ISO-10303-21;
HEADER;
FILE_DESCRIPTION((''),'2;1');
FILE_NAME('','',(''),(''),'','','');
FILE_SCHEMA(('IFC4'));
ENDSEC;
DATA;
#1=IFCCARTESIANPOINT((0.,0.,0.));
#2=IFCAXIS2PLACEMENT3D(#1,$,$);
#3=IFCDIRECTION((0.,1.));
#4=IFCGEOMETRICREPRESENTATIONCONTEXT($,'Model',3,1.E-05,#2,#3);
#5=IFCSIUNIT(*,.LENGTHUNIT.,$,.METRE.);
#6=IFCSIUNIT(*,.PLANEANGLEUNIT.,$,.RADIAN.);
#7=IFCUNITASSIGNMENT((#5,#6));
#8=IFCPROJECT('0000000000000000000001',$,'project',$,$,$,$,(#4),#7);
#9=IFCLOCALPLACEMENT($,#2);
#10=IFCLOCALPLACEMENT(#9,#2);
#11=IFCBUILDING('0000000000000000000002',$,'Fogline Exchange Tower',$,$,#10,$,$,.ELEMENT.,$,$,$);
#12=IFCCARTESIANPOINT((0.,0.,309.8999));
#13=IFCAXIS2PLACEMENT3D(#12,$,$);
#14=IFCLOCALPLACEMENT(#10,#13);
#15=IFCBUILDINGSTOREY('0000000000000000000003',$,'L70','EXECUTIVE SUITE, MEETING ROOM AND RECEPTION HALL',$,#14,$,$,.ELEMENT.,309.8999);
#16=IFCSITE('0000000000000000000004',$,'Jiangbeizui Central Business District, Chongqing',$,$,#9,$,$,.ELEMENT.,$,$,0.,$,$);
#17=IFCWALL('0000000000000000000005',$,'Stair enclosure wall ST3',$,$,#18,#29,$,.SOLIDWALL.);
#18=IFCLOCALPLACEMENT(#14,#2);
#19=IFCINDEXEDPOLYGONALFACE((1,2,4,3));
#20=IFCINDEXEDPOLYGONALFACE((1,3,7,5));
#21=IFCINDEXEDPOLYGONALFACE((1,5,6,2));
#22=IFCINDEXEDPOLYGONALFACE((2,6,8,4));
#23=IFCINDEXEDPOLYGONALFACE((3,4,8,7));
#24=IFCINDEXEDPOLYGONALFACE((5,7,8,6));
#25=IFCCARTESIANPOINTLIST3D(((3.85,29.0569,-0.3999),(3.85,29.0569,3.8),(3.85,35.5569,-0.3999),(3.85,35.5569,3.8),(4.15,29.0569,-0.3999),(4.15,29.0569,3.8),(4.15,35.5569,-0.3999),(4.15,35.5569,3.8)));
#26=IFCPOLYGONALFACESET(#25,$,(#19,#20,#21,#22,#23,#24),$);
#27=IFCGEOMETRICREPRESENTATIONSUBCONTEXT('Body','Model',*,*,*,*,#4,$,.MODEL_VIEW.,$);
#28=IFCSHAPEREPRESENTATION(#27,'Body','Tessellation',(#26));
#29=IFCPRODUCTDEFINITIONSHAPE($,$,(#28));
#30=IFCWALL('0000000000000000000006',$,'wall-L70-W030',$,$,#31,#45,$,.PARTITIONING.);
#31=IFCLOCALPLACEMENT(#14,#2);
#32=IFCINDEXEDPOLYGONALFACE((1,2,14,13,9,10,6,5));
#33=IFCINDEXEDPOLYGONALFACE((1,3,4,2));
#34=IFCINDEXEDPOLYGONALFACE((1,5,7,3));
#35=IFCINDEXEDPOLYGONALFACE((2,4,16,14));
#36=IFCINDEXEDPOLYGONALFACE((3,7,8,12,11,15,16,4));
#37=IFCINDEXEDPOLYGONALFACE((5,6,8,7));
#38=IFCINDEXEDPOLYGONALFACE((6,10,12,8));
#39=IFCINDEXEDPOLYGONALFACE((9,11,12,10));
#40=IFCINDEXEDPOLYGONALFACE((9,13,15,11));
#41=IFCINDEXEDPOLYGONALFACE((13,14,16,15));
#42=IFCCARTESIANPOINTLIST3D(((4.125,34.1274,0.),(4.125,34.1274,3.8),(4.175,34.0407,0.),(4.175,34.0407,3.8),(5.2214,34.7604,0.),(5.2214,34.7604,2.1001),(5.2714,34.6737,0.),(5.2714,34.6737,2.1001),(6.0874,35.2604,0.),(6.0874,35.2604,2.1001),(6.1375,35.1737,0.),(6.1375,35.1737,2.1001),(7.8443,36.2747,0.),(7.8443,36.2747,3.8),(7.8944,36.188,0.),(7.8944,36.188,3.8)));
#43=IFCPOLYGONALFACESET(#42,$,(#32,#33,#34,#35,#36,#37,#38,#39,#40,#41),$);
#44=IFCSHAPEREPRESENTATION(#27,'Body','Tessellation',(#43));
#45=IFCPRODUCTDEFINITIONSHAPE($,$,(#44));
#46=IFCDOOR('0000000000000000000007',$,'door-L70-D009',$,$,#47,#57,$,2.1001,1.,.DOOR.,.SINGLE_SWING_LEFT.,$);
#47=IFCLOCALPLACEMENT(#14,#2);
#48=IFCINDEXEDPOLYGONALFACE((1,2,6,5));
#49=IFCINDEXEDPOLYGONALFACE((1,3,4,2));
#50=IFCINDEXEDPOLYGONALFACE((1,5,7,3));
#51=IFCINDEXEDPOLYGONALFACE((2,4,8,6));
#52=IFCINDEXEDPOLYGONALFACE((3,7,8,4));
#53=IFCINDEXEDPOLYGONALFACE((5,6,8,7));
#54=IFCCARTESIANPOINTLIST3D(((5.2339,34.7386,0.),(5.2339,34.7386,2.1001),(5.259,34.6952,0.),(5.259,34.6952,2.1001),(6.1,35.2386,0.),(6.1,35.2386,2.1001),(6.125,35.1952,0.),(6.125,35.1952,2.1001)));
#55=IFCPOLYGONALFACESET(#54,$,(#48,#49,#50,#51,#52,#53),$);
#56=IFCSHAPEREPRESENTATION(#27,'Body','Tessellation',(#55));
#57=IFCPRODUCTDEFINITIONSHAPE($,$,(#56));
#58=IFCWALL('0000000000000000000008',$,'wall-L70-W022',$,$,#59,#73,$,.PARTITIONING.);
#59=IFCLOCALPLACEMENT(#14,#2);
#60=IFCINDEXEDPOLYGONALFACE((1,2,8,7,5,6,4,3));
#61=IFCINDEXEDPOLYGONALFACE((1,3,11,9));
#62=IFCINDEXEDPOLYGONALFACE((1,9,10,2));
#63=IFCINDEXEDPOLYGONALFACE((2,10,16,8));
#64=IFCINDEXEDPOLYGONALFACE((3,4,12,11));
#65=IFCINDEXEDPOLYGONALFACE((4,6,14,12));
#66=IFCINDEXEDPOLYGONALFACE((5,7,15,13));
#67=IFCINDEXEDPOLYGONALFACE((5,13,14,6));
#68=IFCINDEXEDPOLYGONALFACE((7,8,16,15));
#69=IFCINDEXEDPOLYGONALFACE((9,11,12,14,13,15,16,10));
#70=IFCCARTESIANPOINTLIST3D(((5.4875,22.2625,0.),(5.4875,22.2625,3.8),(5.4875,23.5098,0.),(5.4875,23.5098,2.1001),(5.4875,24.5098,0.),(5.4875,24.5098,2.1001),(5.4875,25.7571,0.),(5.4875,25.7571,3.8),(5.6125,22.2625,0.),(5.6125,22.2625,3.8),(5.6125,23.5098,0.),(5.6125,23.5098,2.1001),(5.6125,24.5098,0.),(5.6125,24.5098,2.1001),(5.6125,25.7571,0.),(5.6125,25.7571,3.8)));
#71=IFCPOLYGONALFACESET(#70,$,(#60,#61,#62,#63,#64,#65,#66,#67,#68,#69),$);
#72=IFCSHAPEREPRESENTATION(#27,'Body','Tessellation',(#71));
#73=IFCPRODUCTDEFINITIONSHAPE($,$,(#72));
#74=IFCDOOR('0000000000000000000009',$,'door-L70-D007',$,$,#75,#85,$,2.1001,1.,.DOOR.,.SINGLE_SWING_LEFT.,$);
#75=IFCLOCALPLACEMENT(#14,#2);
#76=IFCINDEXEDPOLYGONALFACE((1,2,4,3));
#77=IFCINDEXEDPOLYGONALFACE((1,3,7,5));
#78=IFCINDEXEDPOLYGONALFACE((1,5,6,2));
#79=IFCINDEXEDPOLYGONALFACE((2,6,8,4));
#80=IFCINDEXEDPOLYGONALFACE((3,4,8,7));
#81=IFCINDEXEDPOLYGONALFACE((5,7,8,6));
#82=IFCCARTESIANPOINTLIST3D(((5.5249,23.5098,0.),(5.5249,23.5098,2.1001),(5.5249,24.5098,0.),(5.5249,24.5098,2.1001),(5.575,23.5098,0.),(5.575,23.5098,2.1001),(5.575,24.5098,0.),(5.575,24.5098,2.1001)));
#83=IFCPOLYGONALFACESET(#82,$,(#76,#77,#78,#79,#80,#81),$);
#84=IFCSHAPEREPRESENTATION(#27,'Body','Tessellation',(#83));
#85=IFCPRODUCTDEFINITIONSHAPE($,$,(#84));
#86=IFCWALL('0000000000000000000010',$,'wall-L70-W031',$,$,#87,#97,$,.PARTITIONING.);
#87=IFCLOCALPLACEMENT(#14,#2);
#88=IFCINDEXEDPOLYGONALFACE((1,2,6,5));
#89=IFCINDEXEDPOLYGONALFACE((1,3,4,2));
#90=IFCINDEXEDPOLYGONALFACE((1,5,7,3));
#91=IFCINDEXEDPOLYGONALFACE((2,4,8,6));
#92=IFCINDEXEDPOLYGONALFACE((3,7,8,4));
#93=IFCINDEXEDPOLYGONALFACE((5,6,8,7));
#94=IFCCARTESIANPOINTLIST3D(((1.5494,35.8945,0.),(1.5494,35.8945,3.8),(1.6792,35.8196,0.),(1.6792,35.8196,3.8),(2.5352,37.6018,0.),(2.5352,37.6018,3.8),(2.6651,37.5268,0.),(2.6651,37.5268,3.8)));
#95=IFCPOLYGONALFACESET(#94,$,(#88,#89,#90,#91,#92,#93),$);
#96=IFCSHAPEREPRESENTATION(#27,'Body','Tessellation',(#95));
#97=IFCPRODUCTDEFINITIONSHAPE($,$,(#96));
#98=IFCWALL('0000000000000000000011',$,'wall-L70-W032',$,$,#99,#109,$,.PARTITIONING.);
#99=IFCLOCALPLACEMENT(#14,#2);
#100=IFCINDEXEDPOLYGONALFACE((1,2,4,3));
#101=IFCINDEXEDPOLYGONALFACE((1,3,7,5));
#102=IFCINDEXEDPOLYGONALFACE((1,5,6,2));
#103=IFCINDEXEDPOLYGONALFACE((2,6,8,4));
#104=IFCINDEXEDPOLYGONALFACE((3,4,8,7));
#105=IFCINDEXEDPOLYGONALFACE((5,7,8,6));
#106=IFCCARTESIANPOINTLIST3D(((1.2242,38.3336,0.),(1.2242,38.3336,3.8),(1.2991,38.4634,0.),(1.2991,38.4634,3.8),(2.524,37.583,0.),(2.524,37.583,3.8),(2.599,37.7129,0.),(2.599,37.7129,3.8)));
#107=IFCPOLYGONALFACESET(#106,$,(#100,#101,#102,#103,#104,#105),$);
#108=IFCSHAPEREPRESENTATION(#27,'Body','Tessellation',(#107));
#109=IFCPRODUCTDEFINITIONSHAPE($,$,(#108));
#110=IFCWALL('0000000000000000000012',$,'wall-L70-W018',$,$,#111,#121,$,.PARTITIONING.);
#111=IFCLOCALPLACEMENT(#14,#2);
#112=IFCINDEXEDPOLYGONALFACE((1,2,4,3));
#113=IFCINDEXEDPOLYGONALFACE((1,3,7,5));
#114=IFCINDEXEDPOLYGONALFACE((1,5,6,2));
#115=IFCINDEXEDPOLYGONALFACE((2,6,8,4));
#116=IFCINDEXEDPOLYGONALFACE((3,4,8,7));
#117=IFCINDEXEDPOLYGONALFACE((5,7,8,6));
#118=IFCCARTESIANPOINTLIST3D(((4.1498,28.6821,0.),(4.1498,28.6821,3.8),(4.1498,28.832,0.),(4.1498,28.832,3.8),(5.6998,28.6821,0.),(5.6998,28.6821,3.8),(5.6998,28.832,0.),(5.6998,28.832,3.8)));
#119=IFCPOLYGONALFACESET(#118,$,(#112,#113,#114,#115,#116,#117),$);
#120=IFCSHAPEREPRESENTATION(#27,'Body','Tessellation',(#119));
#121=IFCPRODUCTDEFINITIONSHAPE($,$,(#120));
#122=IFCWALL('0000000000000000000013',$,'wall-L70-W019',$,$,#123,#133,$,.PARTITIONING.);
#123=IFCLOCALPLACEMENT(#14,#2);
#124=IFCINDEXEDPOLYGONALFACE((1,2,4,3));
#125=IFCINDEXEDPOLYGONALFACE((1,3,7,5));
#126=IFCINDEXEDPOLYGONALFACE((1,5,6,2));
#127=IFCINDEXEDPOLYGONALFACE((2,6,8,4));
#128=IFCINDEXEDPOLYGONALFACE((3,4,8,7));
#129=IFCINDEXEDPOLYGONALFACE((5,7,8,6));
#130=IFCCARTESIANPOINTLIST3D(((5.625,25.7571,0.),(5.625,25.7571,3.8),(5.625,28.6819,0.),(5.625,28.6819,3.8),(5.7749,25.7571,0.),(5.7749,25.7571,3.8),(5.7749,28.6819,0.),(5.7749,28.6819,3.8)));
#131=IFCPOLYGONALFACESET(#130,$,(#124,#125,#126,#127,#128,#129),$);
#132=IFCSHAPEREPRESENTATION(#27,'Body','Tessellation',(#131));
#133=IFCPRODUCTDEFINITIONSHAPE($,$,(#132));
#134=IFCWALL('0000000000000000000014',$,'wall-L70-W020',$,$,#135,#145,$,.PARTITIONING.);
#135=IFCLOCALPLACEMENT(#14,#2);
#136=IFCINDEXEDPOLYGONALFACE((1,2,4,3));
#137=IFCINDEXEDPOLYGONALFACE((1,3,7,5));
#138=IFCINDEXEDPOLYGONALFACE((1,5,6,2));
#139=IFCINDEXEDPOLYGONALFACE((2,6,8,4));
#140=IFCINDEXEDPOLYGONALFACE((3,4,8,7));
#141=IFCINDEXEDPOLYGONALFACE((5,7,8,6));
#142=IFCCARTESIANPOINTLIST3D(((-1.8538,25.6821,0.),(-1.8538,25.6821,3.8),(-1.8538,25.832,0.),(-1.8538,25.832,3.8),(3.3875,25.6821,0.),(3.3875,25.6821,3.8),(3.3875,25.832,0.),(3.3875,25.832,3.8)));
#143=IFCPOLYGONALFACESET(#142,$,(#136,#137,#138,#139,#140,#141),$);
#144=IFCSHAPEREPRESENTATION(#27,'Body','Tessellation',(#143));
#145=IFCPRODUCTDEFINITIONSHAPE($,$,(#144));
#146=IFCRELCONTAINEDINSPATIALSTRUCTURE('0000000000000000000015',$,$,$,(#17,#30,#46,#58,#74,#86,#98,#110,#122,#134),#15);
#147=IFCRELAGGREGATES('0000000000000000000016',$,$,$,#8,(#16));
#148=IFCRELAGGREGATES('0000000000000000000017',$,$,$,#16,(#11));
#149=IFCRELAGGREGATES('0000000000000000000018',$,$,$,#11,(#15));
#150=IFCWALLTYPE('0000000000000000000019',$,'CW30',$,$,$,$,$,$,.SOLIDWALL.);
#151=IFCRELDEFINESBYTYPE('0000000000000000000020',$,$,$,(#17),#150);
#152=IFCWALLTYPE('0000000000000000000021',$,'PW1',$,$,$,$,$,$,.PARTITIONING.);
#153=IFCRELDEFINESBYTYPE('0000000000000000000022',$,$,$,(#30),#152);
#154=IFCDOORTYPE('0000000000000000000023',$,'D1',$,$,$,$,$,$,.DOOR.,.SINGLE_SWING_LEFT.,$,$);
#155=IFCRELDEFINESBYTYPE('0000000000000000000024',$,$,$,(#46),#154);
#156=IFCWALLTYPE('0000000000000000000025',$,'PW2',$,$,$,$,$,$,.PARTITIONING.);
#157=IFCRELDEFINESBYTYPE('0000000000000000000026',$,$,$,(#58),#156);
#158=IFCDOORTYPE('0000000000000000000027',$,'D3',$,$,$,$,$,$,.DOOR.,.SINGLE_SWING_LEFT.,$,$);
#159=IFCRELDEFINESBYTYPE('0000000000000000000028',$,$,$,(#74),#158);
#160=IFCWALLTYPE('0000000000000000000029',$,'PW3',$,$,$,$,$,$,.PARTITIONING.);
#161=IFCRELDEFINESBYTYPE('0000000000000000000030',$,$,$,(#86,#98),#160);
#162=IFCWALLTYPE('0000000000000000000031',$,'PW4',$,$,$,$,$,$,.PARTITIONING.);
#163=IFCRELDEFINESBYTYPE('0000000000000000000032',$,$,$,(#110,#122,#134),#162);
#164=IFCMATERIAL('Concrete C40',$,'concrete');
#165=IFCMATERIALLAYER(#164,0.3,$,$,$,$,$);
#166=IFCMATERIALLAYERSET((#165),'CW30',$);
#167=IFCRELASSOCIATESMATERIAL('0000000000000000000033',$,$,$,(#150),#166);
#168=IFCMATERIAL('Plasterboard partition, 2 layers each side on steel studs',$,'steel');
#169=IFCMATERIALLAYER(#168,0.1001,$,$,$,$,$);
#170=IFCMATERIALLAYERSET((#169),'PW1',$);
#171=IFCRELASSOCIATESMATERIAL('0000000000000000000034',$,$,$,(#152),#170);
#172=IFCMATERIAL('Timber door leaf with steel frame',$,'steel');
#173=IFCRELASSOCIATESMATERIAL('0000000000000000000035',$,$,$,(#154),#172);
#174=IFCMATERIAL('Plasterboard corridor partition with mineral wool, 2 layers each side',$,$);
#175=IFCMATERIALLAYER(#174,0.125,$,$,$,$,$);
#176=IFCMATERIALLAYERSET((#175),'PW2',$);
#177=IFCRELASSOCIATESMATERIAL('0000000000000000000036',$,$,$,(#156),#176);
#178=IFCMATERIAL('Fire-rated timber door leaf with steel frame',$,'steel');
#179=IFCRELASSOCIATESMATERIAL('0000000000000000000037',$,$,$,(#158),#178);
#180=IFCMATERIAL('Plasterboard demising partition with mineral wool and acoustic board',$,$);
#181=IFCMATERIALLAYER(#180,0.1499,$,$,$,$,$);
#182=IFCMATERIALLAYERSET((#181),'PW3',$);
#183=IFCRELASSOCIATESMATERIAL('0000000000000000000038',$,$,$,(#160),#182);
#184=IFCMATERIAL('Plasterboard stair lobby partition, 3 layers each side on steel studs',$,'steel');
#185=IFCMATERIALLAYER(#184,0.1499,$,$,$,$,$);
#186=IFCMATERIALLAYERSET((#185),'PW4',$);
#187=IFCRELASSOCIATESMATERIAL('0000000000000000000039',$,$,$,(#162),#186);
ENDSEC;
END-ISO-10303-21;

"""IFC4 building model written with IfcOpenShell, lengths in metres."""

from ifc_helpers import new_model, si_unit, direction, frame, frame_2d, origin, place, context, subcontext, project, spatial, rectangle, extrude, material, layer, layer_set, type_object, element, fill, save


model = new_model("IFC4")

# Units and contexts
model_context = context("Model", 3, precision=1e-05, world=origin(), true_north=direction((0.0, 1.0)))
body_context = subcontext(model_context, "Body", "Model", "MODEL_VIEW")
ifc_project = project(units=[si_unit("LENGTHUNIT", "METRE"), si_unit("PLANEANGLEUNIT", "RADIAN")], contexts=[model_context])

# Site, building, storey
site_placement = place(None, origin())
site = spatial("IfcSite", under=ifc_project, at=site_placement, Name="Jiangbeizui Central Business District, Chongqing", CompositionType="ELEMENT", RefElevation=0.0)
building_placement = place(site_placement, origin())
building = spatial("IfcBuilding", under=site, at=building_placement, Name="Fogline Exchange Tower", CompositionType="ELEMENT")
storey_placement = place(building_placement, frame((0.0, 0.0, 309.8999)))
storey = spatial("IfcBuildingStorey", under=building, at=storey_placement, Name="L70", Description="EXECUTIVE SUITE, MEETING ROOM AND RECEPTION HALL", CompositionType="ELEMENT", Elevation=309.8999)

# Shared definitions
ifc_material_1 = material(Name="Concrete C40", Category="concrete")

# Wall
ifc_layer_1 = layer(ifc_material_1, 0.3)
ifc_layer_set_1 = layer_set([ifc_layer_1], Name="CW30")
wall_type_1 = type_object("IfcWallType", Name="CW30", PredefinedType="SOLIDWALL", material=ifc_layer_set_1)
wall_1_placement = place(storey_placement, frame((4.0, 29.0569, -0.3999), z_axis=(0.0, 0.0, 1.0), x_axis=(0.0, 1.0, 0.0)))
element("IfcWall", 1, at=wall_1_placement, inside=storey, type_object=wall_type_1, Name="Stair enclosure wall ST3", PredefinedType="SOLIDWALL", context=body_context, shape_type="SweptSolid", body=[
    extrude(rectangle(XDim=6.5, YDim=0.3, at=frame_2d((3.25, 0.0))), origin(), (0.0, 0.0, 1.0), 4.2),
])

# Walls, openings, doors
ifc_material_2 = material(Name="Plasterboard partition, 2 layers each side on steel studs", Category="steel")
ifc_layer_2 = layer(ifc_material_2, 0.1001)
ifc_layer_set_2 = layer_set([ifc_layer_2], Name="PW1")
wall_type_2 = type_object("IfcWallType", Name="PW1", PredefinedType="PARTITIONING", material=ifc_layer_set_2)
wall_2_placement = place(storey_placement, frame((4.1499, 34.084, 0.0), z_axis=(0.0, 0.0, 1.0), x_axis=(0.866034, 0.499985, 0.0)))
wall_2 = element("IfcWall", 2, at=wall_2_placement, inside=storey, type_object=wall_type_2, Name="wall-L70-W030", PredefinedType="PARTITIONING", context=body_context, shape_type="SweptSolid", body=[
    extrude(rectangle(XDim=4.2947, YDim=0.1001, at=frame_2d((2.1475, 0.0))), origin(), (0.0, 0.0, 1.0), 3.8),
])
opening_1_placement = place(wall_2_placement, frame((1.2661, 0.0, 0.0)))
opening_1 = element("IfcOpeningElement", 3, at=opening_1_placement, cuts=wall_2, PredefinedType="OPENING", context=body_context, shape_type="SweptSolid", body=[
    extrude(rectangle(XDim=1.0, YDim=2.1001, at=frame_2d((0.5, 1.05))), frame((0.0, 0.0601, 0.0), z_axis=(0.0, -1.0, 0.0), x_axis=(1.0, 0.0, 0.0)), (0.0, 0.0, 1.0), 0.1201),
])
ifc_material_3 = material(Name="Timber door leaf with steel frame", Category="steel")
door_type_1 = type_object("IfcDoorType", Name="D1", OperationType="SINGLE_SWING_LEFT", PredefinedType="DOOR", material=ifc_material_3)
door_1_placement = place(opening_1_placement, origin())
door_1 = element("IfcDoor", 4, at=door_1_placement, inside=storey, type_object=door_type_1, Name="door-L70-D009", OperationType="SINGLE_SWING_LEFT", OverallHeight=2.1001, OverallWidth=1.0, PredefinedType="DOOR", context=body_context, shape_type="SweptSolid", body=[
    extrude(rectangle(XDim=1.0, YDim=2.1001, at=frame_2d((0.5, 1.05))), frame((0.0, 0.0249, 0.0), z_axis=(0.0, -1.0, 0.0), x_axis=(1.0, 0.0, 0.0)), (0.0, 0.0, 1.0), 0.05),
])
fill(opening_1, door_1)
ifc_material_4 = material(Name="Plasterboard corridor partition with mineral wool, 2 layers each side")
ifc_layer_3 = layer(ifc_material_4, 0.125)
ifc_layer_set_3 = layer_set([ifc_layer_3], Name="PW2")
wall_type_3 = type_object("IfcWallType", Name="PW2", PredefinedType="PARTITIONING", material=ifc_layer_set_3)
wall_3_placement = place(storey_placement, frame((5.55, 25.7571, 0.0), z_axis=(0.0, 0.0, 1.0), x_axis=(0.0, -1.0, 0.0)))
wall_3 = element("IfcWall", 5, at=wall_3_placement, inside=storey, type_object=wall_type_3, Name="wall-L70-W022", PredefinedType="PARTITIONING", context=body_context, shape_type="SweptSolid", body=[
    extrude(rectangle(XDim=3.4946, YDim=0.125, at=frame_2d((1.7473, 0.0))), origin(), (0.0, 0.0, 1.0), 3.8),
])
opening_2_placement = place(wall_3_placement, frame((1.2473, 0.0, 0.0)))
opening_2 = element("IfcOpeningElement", 6, at=opening_2_placement, cuts=wall_3, PredefinedType="OPENING", context=body_context, shape_type="SweptSolid", body=[
    extrude(rectangle(XDim=1.0, YDim=2.1001, at=frame_2d((0.5, 1.05))), frame((0.0, 0.0725, 0.0), z_axis=(0.0, -1.0, 0.0), x_axis=(1.0, 0.0, 0.0)), (0.0, 0.0, 1.0), 0.145),
])
ifc_material_5 = material(Name="Fire-rated timber door leaf with steel frame", Category="steel")
door_type_2 = type_object("IfcDoorType", Name="D3", OperationType="SINGLE_SWING_LEFT", PredefinedType="DOOR", material=ifc_material_5)
door_2_placement = place(opening_2_placement, origin())
door_2 = element("IfcDoor", 7, at=door_2_placement, inside=storey, type_object=door_type_2, Name="door-L70-D007", OperationType="SINGLE_SWING_LEFT", OverallHeight=2.1001, OverallWidth=1.0, PredefinedType="DOOR", context=body_context, shape_type="SweptSolid", body=[
    extrude(rectangle(XDim=1.0, YDim=2.1001, at=frame_2d((0.5, 1.05))), frame((0.0, 0.0249, 0.0), z_axis=(0.0, -1.0, 0.0), x_axis=(1.0, 0.0, 0.0)), (0.0, 0.0, 1.0), 0.05),
])
fill(opening_2, door_2)

# Walls
ifc_material_6 = material(Name="Plasterboard demising partition with mineral wool and acoustic board")
ifc_layer_4 = layer(ifc_material_6, 0.1499)
ifc_layer_set_4 = layer_set([ifc_layer_4], Name="PW3")
wall_type_4 = type_object("IfcWallType", Name="PW3", PredefinedType="PARTITIONING", material=ifc_layer_set_4)
wall_4_placement = place(storey_placement, frame((1.6143, 35.8569, 0.0), z_axis=(0.0, 0.0, 1.0), x_axis=(0.500055, 0.865994, 0.0)))
element("IfcWall", 8, at=wall_4_placement, inside=storey, type_object=wall_type_4, Name="wall-L70-W031", PredefinedType="PARTITIONING", context=body_context, shape_type="SweptSolid", body=[
    extrude(rectangle(XDim=1.9714, YDim=0.1499, at=frame_2d((0.9858, 0.0))), origin(), (0.0, 0.0, 1.0), 3.8),
])
wall_5_placement = place(storey_placement, frame((2.5615, 37.6479, 0.0), z_axis=(0.0, 0.0, 1.0), x_axis=(-0.866012, 0.500023, 0.0)))
element("IfcWall", 9, at=wall_5_placement, inside=storey, type_object=wall_type_4, Name="wall-L70-W032", PredefinedType="PARTITIONING", context=body_context, shape_type="SweptSolid", body=[
    extrude(rectangle(XDim=1.501, YDim=0.1499, at=frame_2d((0.7505, 0.0))), origin(), (0.0, 0.0, 1.0), 3.8),
])
ifc_material_7 = material(Name="Plasterboard stair lobby partition, 3 layers each side on steel studs", Category="steel")
ifc_layer_5 = layer(ifc_material_7, 0.1499)
ifc_layer_set_5 = layer_set([ifc_layer_5], Name="PW4")
wall_type_5 = type_object("IfcWallType", Name="PW4", PredefinedType="PARTITIONING", material=ifc_layer_set_5)
wall_6_placement = place(storey_placement, frame((4.1499, 28.7571, 0.0), z_axis=(0.0, 0.0, 1.0), x_axis=(1.0, 0.0, 0.0)))
element("IfcWall", 10, at=wall_6_placement, inside=storey, type_object=wall_type_5, Name="wall-L70-W018", PredefinedType="PARTITIONING", context=body_context, shape_type="SweptSolid", body=[
    extrude(rectangle(XDim=1.55, YDim=0.1499, at=frame_2d((0.7749, 0.0))), origin(), (0.0, 0.0, 1.0), 3.8),
])
wall_7_placement = place(storey_placement, frame((5.7, 28.6819, 0.0), z_axis=(0.0, 0.0, 1.0), x_axis=(0.0, -1.0, 0.0)))
element("IfcWall", 11, at=wall_7_placement, inside=storey, type_object=wall_type_5, Name="wall-L70-W019", PredefinedType="PARTITIONING", context=body_context, shape_type="SweptSolid", body=[
    extrude(rectangle(XDim=2.9248, YDim=0.1499, at=frame_2d((1.4624, 0.0))), origin(), (0.0, 0.0, 1.0), 3.8),
])
wall_8_placement = place(storey_placement, frame((3.3875, 25.7571, 0.0), z_axis=(0.0, 0.0, 1.0), x_axis=(-1.0, 0.0, 0.0)))
element("IfcWall", 12, at=wall_8_placement, inside=storey, type_object=wall_type_5, Name="wall-L70-W020", PredefinedType="PARTITIONING", context=body_context, shape_type="SweptSolid", body=[
    extrude(rectangle(XDim=5.2412, YDim=0.1499, at=frame_2d((2.6206, 0.0))), origin(), (0.0, 0.0, 1.0), 3.8),
])

save(model, "model.ifc")
